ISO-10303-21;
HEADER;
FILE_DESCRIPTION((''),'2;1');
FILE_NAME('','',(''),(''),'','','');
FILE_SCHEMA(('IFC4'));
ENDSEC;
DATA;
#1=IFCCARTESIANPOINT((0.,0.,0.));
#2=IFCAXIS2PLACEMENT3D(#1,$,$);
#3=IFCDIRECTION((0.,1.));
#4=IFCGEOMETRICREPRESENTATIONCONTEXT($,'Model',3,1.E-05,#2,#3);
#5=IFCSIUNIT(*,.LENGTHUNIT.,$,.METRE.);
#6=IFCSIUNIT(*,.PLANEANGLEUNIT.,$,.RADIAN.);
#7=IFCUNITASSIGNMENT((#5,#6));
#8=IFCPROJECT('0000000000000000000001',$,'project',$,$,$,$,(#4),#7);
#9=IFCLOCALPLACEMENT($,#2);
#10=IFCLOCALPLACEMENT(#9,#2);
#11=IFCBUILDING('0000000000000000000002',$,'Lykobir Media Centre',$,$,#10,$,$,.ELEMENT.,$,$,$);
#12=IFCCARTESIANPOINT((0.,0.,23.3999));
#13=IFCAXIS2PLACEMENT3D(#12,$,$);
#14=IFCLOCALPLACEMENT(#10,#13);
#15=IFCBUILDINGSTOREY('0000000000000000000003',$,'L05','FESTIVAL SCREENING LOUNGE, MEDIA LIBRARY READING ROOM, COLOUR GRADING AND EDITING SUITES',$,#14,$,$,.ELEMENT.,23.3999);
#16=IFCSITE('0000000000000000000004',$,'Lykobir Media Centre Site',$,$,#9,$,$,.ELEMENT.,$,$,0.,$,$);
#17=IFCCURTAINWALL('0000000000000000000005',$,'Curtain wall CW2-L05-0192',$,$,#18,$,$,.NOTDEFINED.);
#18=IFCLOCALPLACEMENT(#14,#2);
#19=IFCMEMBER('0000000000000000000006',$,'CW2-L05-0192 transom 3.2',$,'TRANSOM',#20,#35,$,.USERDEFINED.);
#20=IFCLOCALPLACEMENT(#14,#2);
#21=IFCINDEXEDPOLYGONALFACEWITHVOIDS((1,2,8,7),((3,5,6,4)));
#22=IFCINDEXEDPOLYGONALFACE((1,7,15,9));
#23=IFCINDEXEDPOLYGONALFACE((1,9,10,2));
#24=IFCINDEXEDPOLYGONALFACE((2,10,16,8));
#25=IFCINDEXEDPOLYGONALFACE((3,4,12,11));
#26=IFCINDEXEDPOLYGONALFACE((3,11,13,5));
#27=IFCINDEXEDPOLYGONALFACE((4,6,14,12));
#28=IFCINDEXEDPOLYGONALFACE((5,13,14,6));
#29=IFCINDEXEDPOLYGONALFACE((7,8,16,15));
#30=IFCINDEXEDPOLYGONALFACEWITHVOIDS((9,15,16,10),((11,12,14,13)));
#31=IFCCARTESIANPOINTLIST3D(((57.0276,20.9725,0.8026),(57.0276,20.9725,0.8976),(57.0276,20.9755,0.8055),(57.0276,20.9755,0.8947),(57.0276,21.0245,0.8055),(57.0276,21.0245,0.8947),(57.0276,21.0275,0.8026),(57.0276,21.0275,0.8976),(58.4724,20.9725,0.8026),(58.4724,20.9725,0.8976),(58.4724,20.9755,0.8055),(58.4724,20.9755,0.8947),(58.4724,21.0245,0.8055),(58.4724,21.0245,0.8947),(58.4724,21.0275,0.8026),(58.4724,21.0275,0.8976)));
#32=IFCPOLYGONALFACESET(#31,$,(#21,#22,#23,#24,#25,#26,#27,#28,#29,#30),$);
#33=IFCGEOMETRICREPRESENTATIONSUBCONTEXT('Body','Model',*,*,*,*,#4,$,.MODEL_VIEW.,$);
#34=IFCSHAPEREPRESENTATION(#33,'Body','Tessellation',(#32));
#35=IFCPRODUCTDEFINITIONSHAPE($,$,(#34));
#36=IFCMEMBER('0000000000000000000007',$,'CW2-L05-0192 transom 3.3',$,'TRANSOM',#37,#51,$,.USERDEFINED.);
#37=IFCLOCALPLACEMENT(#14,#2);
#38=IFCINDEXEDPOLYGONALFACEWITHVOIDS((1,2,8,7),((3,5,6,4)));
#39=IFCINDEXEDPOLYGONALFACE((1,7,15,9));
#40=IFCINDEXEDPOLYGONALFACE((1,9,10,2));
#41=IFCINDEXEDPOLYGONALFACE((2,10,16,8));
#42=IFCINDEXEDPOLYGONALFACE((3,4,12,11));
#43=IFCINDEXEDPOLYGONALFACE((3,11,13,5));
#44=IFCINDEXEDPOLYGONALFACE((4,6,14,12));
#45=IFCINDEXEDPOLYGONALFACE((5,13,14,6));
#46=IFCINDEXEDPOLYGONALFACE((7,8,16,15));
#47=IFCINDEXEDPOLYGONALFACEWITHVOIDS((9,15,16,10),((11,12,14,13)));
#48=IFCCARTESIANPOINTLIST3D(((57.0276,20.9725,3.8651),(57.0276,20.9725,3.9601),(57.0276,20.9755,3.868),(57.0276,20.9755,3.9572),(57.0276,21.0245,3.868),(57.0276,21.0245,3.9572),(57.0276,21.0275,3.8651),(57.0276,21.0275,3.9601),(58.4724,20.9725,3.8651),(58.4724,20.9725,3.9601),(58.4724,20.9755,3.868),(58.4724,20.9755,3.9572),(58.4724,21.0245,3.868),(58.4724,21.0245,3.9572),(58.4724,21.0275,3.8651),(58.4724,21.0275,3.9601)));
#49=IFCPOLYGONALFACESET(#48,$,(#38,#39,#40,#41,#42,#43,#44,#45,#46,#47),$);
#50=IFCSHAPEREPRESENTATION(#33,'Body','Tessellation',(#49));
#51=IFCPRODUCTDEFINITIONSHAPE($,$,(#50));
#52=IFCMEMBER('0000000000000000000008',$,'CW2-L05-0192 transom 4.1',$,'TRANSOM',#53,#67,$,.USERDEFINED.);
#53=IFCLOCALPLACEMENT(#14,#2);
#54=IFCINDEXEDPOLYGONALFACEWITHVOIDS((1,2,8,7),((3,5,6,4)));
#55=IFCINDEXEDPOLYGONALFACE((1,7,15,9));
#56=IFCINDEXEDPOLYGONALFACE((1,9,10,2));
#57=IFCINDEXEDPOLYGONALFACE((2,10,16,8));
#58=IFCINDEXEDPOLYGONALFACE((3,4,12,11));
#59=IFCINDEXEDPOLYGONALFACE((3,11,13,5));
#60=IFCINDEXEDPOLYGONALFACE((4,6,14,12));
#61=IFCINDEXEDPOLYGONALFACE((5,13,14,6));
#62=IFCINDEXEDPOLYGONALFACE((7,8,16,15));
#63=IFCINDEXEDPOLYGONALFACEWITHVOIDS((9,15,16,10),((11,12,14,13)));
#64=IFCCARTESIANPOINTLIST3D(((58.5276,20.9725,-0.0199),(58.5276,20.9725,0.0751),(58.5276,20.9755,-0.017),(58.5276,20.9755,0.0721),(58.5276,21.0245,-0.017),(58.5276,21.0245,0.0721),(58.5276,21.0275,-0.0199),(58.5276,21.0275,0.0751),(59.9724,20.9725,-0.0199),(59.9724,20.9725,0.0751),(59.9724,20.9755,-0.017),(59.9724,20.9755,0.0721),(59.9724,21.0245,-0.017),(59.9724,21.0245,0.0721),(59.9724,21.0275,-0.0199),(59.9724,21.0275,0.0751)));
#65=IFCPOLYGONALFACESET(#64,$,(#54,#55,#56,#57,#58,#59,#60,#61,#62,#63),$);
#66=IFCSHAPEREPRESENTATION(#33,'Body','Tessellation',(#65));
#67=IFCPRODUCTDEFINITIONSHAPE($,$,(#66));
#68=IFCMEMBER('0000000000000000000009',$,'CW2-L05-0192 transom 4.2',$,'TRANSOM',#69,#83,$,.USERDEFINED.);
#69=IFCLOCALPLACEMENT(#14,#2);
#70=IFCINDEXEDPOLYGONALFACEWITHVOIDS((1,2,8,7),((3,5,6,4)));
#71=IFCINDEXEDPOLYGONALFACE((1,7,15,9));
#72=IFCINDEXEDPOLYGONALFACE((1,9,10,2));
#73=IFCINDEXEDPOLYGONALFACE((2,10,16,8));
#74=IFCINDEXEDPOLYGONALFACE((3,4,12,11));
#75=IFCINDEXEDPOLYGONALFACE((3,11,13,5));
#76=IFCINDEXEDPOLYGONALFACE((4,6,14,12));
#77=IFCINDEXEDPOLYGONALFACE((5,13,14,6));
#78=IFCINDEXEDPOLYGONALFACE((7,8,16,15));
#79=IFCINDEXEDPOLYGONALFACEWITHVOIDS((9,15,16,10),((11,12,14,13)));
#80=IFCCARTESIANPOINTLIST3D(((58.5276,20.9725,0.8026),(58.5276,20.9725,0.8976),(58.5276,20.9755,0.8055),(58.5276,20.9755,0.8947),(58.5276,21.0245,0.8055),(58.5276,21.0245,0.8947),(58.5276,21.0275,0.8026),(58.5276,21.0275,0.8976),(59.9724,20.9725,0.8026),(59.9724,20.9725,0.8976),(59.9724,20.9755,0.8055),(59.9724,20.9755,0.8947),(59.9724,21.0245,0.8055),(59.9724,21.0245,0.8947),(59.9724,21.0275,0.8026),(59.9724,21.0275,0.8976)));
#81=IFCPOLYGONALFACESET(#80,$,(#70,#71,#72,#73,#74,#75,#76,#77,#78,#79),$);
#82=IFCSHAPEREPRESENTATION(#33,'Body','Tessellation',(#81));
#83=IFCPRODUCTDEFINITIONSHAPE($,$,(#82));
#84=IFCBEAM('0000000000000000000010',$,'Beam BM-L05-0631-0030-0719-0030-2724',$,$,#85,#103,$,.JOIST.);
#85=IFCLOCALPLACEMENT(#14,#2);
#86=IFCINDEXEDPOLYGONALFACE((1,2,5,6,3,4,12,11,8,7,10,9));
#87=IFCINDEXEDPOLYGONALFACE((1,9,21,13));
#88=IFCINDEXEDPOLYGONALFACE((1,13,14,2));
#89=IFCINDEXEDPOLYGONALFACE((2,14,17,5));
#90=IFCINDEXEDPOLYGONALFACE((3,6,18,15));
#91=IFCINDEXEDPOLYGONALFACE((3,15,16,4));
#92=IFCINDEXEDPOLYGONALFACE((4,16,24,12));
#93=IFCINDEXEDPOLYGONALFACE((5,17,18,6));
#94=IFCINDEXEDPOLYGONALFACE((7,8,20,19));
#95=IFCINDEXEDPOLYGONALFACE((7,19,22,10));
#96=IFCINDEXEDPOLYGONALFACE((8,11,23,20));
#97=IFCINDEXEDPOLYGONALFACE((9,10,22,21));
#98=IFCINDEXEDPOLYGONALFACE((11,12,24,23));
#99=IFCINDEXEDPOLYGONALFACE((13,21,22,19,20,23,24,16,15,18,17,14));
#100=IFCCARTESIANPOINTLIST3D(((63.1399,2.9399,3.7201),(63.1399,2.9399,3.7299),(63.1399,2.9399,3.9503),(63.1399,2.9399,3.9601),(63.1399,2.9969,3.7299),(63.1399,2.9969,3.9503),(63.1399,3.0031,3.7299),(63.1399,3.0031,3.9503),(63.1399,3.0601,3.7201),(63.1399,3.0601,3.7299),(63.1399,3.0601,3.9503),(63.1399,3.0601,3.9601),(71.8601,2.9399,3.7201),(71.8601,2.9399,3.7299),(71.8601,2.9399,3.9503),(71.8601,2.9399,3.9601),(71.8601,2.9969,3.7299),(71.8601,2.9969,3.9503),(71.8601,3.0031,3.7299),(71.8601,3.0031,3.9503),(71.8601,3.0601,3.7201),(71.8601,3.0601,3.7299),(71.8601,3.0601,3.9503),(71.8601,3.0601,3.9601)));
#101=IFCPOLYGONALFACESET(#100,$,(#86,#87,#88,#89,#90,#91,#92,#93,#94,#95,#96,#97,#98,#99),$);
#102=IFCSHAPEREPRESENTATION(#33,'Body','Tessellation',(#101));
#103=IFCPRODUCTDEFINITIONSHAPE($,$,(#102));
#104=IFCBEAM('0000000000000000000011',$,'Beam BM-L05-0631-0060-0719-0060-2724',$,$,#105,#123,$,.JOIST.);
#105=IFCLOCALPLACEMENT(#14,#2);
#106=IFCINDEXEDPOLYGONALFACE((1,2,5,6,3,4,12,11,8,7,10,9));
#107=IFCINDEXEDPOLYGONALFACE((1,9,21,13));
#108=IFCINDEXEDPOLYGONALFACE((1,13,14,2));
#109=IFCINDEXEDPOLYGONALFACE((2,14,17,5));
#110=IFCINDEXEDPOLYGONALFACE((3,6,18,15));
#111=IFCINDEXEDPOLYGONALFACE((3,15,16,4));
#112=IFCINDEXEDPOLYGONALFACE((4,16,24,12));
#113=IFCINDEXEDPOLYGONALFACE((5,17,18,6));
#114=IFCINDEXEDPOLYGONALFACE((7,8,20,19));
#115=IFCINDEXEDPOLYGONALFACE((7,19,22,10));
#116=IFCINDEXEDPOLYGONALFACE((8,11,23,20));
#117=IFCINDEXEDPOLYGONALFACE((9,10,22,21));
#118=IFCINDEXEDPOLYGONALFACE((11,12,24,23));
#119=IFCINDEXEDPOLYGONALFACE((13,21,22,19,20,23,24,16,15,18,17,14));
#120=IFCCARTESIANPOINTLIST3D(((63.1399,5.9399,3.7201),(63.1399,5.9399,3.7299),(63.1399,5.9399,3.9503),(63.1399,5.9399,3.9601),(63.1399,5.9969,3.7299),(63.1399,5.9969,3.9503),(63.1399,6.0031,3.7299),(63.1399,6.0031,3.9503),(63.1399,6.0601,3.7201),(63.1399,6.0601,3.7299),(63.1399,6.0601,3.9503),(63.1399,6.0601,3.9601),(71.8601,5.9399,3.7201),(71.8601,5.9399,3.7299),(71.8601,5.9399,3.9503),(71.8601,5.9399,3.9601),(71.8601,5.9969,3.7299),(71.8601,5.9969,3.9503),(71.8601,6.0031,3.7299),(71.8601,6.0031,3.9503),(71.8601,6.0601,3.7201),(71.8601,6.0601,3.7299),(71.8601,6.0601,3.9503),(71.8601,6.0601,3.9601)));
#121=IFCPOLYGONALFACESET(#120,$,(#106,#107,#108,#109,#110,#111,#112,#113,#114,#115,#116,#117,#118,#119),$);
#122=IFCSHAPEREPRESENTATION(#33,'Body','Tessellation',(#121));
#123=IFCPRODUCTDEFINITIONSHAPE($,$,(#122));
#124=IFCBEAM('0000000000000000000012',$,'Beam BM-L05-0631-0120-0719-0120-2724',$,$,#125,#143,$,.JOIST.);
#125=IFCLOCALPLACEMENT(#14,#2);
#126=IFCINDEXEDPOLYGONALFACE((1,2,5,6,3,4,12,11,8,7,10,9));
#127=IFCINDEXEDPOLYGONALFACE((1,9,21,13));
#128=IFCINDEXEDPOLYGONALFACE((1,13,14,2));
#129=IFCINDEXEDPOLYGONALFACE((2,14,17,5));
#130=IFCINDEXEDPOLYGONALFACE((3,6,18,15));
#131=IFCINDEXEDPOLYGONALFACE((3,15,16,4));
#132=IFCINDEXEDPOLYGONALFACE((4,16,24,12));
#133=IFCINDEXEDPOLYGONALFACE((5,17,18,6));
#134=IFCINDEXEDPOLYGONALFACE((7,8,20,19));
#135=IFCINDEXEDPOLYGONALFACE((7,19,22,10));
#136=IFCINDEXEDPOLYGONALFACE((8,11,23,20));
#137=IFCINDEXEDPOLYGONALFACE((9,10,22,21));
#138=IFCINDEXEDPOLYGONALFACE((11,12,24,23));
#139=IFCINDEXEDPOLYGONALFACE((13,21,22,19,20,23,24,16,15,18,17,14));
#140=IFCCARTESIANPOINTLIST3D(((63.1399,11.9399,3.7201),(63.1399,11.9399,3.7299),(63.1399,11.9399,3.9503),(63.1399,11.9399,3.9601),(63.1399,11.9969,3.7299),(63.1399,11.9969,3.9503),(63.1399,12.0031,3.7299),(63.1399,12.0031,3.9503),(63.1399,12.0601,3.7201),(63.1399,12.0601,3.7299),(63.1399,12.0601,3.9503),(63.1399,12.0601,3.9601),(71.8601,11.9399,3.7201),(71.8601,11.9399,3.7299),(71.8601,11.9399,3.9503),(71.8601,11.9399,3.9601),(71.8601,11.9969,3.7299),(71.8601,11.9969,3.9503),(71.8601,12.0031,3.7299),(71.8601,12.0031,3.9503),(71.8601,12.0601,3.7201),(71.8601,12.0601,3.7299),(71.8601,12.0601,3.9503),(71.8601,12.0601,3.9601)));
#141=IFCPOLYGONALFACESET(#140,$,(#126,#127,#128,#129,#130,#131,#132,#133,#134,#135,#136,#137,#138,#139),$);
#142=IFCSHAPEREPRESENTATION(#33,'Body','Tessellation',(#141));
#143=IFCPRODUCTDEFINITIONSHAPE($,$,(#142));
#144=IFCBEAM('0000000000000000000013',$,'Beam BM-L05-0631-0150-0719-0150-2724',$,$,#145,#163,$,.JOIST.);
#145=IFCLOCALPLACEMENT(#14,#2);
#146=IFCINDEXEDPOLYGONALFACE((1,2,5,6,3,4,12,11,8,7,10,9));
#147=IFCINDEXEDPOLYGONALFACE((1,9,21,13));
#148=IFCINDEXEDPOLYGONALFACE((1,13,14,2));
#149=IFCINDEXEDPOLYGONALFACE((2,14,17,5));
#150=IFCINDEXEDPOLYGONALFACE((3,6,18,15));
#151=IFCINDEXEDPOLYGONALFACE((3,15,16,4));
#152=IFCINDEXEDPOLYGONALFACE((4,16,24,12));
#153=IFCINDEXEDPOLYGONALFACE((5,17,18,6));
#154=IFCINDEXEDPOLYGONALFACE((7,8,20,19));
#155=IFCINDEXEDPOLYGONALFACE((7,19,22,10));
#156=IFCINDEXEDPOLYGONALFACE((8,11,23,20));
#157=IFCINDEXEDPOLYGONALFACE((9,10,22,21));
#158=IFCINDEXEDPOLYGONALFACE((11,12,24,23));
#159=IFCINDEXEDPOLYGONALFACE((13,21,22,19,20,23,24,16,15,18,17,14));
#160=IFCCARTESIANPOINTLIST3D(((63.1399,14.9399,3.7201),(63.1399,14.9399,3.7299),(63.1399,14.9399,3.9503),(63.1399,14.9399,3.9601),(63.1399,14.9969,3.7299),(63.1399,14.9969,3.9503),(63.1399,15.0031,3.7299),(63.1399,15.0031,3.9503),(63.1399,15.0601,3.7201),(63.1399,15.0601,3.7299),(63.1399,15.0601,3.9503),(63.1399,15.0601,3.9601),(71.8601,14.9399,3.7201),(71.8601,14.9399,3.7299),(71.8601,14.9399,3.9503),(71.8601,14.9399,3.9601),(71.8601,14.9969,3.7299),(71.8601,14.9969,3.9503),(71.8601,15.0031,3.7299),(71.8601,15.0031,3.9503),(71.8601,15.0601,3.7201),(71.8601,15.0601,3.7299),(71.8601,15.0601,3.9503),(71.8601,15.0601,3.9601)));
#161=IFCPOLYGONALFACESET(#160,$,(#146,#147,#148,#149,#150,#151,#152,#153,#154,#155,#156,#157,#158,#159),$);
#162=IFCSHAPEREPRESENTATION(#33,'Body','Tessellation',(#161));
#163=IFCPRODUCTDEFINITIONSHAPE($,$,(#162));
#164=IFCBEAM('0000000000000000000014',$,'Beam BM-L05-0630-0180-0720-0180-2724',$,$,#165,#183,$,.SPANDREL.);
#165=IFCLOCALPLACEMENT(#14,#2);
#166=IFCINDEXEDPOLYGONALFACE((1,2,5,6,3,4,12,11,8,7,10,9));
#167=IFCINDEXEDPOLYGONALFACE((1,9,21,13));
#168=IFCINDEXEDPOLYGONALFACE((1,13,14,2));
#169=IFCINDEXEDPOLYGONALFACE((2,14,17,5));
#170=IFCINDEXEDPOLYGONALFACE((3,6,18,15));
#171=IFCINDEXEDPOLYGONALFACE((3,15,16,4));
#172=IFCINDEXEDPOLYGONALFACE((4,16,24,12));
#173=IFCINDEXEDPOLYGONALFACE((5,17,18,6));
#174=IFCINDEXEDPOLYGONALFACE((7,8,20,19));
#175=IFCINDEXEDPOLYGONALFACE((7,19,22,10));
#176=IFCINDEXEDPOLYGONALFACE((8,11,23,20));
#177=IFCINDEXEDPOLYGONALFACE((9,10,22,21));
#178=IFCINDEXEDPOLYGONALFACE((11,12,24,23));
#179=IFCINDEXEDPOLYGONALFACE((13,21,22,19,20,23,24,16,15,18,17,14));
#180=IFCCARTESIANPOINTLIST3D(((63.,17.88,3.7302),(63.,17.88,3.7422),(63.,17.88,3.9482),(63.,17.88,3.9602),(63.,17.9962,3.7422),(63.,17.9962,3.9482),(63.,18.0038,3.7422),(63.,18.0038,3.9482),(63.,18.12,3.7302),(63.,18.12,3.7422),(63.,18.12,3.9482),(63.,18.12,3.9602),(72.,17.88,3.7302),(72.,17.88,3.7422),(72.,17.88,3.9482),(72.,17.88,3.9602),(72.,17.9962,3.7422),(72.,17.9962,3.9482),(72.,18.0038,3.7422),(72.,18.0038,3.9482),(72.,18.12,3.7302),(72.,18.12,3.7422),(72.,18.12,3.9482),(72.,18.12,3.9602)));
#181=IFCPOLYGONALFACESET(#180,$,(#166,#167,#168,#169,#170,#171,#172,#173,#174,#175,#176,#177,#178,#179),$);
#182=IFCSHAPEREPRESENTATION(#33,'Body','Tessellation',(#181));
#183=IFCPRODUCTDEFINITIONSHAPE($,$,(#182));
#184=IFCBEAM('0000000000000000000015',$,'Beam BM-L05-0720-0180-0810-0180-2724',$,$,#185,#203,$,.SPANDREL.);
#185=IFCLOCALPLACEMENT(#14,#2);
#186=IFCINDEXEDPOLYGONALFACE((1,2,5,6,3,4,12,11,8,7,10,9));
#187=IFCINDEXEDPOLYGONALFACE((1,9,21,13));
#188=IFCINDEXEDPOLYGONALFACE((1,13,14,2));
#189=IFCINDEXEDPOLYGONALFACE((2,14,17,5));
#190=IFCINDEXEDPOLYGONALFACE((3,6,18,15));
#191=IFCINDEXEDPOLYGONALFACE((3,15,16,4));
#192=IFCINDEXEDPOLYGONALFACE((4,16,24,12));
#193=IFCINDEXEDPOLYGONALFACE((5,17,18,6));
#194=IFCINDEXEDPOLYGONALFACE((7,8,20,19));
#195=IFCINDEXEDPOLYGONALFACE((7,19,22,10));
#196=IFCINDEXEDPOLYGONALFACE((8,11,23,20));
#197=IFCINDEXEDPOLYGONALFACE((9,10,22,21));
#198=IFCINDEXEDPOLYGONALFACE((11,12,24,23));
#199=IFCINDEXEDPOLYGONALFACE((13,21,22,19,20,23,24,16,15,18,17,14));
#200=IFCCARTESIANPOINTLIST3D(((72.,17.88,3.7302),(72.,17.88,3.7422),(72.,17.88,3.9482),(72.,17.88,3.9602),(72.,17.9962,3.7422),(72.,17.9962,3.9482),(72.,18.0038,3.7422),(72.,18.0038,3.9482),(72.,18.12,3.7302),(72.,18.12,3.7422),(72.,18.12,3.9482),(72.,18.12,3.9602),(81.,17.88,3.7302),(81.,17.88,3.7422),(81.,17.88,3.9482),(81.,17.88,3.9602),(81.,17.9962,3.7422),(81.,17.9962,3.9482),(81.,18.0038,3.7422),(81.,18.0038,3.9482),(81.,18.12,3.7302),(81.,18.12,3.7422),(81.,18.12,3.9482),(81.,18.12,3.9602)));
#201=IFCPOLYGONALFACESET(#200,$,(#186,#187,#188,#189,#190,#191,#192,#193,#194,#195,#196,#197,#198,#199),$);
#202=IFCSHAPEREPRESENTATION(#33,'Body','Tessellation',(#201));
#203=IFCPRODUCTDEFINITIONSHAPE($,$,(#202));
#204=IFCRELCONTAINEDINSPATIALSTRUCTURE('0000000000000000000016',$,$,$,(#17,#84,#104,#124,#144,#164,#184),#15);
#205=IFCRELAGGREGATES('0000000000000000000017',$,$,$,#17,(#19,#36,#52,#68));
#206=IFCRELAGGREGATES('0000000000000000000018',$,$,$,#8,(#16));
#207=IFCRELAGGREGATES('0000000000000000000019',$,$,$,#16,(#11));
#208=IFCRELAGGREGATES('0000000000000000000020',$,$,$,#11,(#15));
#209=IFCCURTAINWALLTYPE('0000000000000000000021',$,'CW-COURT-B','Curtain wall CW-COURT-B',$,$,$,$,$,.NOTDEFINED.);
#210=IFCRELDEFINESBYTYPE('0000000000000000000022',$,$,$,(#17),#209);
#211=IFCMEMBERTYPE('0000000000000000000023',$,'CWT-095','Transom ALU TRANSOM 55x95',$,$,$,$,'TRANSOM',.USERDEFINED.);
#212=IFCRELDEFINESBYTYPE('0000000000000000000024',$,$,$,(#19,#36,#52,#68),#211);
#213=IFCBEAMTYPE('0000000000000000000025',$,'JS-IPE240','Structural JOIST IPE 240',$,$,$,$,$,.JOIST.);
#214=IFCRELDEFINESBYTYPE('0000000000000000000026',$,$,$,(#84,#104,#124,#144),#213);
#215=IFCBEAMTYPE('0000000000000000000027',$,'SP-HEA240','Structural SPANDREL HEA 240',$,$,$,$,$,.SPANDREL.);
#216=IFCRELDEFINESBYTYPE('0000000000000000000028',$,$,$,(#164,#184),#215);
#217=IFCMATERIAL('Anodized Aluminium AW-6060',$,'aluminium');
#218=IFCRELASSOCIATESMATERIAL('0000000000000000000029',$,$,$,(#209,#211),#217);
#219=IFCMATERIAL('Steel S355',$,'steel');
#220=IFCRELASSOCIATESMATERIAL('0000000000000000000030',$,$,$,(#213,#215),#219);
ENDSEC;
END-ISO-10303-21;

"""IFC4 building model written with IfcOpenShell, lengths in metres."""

from ifc_helpers import new_model, si_unit, direction, frame, origin, origin_2d, place, context, subcontext, project, spatial, hollow_rectangle, i_section, extrude, material, material_profile, profile_set, type_object, element, aggregate, save


model = new_model("IFC4")

# Units and contexts
model_context = context("Model", 3, precision=1e-05, world=origin(), true_north=direction((0.0, 1.0)))
body_context = subcontext(model_context, "Body", "Model", "MODEL_VIEW")
ifc_project = project(units=[si_unit("LENGTHUNIT", "METRE"), si_unit("PLANEANGLEUNIT", "RADIAN")], contexts=[model_context])

# Site, building, storey
site_placement = place(None, origin())
site = spatial("IfcSite", under=ifc_project, at=site_placement, Name="Lykobir Media Centre Site", CompositionType="ELEMENT", RefElevation=0.0)
building_placement = place(site_placement, origin())
building = spatial("IfcBuilding", under=site, at=building_placement, Name="Lykobir Media Centre", CompositionType="ELEMENT")
storey_placement = place(building_placement, frame((0.0, 0.0, 23.3999)))
storey = spatial("IfcBuildingStorey", under=building, at=storey_placement, Name="L05", Description="FESTIVAL SCREENING LOUNGE, MEDIA LIBRARY READING ROOM, COLOUR GRADING AND EDITING SUITES", CompositionType="ELEMENT", Elevation=23.3999)

# Shared definitions
ifc_material_1 = material(Name="Steel S355", Category="steel")

# Curtain wall, members
ifc_material_2 = material(Name="Anodized Aluminium AW-6060", Category="aluminium")
curtain_wall_type = type_object("IfcCurtainWallType", Name="CW-COURT-B", Description="Curtain wall CW-COURT-B", PredefinedType="NOTDEFINED", material=ifc_material_2)
curtain_wall_placement = place(storey_placement, origin())
curtain_wall = element("IfcCurtainWall", 1, at=curtain_wall_placement, inside=storey, type_object=curtain_wall_type, Name="Curtain wall CW2-L05-0192", PredefinedType="NOTDEFINED")
ifc_material_profile_1 = material_profile(ifc_material_2, hollow_rectangle(XDim=0.0549, YDim=0.095, WallThickness=0.0029, at=origin_2d()), Name="ALU TRANSOM 55x95")
ifc_profile_set_1 = profile_set([ifc_material_profile_1], Name="Anodized Aluminium AW-6060")
member_type_1 = type_object("IfcMemberType", Name="CWT-095", Description="Transom ALU TRANSOM 55x95", ElementType="TRANSOM", PredefinedType="USERDEFINED", material=ifc_profile_set_1)
member_1_placement = place(storey_placement, frame((57.0276, 21.0, 0.8501), z_axis=(1.0, 0.0, 0.0), x_axis=(0.0, 1.0, 0.0)))
member_1 = element("IfcMember", 2, at=member_1_placement, type_object=member_type_1, Name="CW2-L05-0192 transom 3.2", ObjectType="TRANSOM", PredefinedType="USERDEFINED", context=body_context, shape_type="SweptSolid", body=[
    extrude(hollow_rectangle(XDim=0.0549, YDim=0.095, WallThickness=0.0029, at=origin_2d()), origin(), (0.0, 0.0, 1.0), 1.4448),
])
member_2_placement = place(storey_placement, frame((57.0276, 21.0, 3.9126), z_axis=(1.0, 0.0, 0.0), x_axis=(0.0, 1.0, 0.0)))
member_2 = element("IfcMember", 3, at=member_2_placement, type_object=member_type_1, Name="CW2-L05-0192 transom 3.3", ObjectType="TRANSOM", PredefinedType="USERDEFINED", context=body_context, shape_type="SweptSolid", body=[
    extrude(hollow_rectangle(XDim=0.0549, YDim=0.095, WallThickness=0.0029, at=origin_2d()), origin(), (0.0, 0.0, 1.0), 1.4448),
])
member_3_placement = place(storey_placement, frame((58.5276, 21.0, 0.0276), z_axis=(1.0, 0.0, 0.0), x_axis=(0.0, 1.0, 0.0)))
member_3 = element("IfcMember", 4, at=member_3_placement, type_object=member_type_1, Name="CW2-L05-0192 transom 4.1", ObjectType="TRANSOM", PredefinedType="USERDEFINED", context=body_context, shape_type="SweptSolid", body=[
    extrude(hollow_rectangle(XDim=0.0549, YDim=0.095, WallThickness=0.0029, at=origin_2d()), origin(), (0.0, 0.0, 1.0), 1.4448),
])
member_4_placement = place(storey_placement, frame((58.5276, 21.0, 0.8501), z_axis=(1.0, 0.0, 0.0), x_axis=(0.0, 1.0, 0.0)))
member_4 = element("IfcMember", 5, at=member_4_placement, type_object=member_type_1, Name="CW2-L05-0192 transom 4.2", ObjectType="TRANSOM", PredefinedType="USERDEFINED", context=body_context, shape_type="SweptSolid", body=[
    extrude(hollow_rectangle(XDim=0.0549, YDim=0.095, WallThickness=0.0029, at=origin_2d()), origin(), (0.0, 0.0, 1.0), 1.4448),
])

# Beams
ifc_material_profile_2 = material_profile(ifc_material_1, i_section(OverallWidth=0.1201, OverallDepth=0.24, WebThickness=0.0061, FlangeThickness=0.0098, at=origin_2d()), Name="IPE 240")
ifc_profile_set_2 = profile_set([ifc_material_profile_2], Name="Steel S355")
beam_type_1 = type_object("IfcBeamType", Name="JS-IPE240", Description="Structural JOIST IPE 240", PredefinedType="JOIST", material=ifc_profile_set_2)
for number, where, z_axis, x_axis, name in (
    (6, (63.1399, 3.0, 3.8401), (1.0, 0.0, 0.0), (0.0, 1.0, 0.0), "Beam BM-L05-0631-0030-0719-0030-2724"),
    (7, (63.1399, 6.0, 3.8401), (1.0, 0.0, 0.0), (0.0, 1.0, 0.0), "Beam BM-L05-0631-0060-0719-0060-2724"),
    (8, (63.1399, 12.0, 3.8401), (1.0, 0.0, 0.0), (0.0, 1.0, 0.0), "Beam BM-L05-0631-0120-0719-0120-2724"),
    (9, (63.1399, 15.0, 3.8401), (1.0, 0.0, 0.0), (0.0, 1.0, 0.0), "Beam BM-L05-0631-0150-0719-0150-2724"),
):
    element("IfcBeam", number, at=place(storey_placement, frame(where, z_axis=z_axis, x_axis=x_axis)), inside=storey, type_object=beam_type_1, Name=name, PredefinedType="JOIST", context=body_context, shape_type="SweptSolid", body=[
        extrude(i_section(OverallWidth=0.1201, OverallDepth=0.24, WebThickness=0.0061, FlangeThickness=0.0098, at=origin_2d()), origin(), (0.0, 0.0, 1.0), 8.7202),
    ])
ifc_material_profile_3 = material_profile(ifc_material_1, i_section(OverallWidth=0.24, OverallDepth=0.23, WebThickness=0.0076, FlangeThickness=0.012, at=origin_2d()), Name="HEA 240")
ifc_profile_set_3 = profile_set([ifc_material_profile_3], Name="Steel S355")
beam_type_2 = type_object("IfcBeamType", Name="SP-HEA240", Description="Structural SPANDREL HEA 240", PredefinedType="SPANDREL", material=ifc_profile_set_3)
for number, where, z_axis, x_axis, name in (
    (10, (63.0, 18.0, 3.8452), (1.0, 0.0, 0.0), (0.0, 1.0, 0.0), "Beam BM-L05-0630-0180-0720-0180-2724"),
    (11, (72.0, 18.0, 3.8452), (1.0, 0.0, 0.0), (0.0, 1.0, 0.0), "Beam BM-L05-0720-0180-0810-0180-2724"),
):
    element("IfcBeam", number, at=place(storey_placement, frame(where, z_axis=z_axis, x_axis=x_axis)), inside=storey, type_object=beam_type_2, Name=name, PredefinedType="SPANDREL", context=body_context, shape_type="SweptSolid", body=[
        extrude(i_section(OverallWidth=0.24, OverallDepth=0.23, WebThickness=0.0076, FlangeThickness=0.012, at=origin_2d()), origin(), (0.0, 0.0, 1.0), 9.0),
    ])

aggregate(curtain_wall, [member_1, member_2, member_3, member_4])

save(model, "model.ifc")
